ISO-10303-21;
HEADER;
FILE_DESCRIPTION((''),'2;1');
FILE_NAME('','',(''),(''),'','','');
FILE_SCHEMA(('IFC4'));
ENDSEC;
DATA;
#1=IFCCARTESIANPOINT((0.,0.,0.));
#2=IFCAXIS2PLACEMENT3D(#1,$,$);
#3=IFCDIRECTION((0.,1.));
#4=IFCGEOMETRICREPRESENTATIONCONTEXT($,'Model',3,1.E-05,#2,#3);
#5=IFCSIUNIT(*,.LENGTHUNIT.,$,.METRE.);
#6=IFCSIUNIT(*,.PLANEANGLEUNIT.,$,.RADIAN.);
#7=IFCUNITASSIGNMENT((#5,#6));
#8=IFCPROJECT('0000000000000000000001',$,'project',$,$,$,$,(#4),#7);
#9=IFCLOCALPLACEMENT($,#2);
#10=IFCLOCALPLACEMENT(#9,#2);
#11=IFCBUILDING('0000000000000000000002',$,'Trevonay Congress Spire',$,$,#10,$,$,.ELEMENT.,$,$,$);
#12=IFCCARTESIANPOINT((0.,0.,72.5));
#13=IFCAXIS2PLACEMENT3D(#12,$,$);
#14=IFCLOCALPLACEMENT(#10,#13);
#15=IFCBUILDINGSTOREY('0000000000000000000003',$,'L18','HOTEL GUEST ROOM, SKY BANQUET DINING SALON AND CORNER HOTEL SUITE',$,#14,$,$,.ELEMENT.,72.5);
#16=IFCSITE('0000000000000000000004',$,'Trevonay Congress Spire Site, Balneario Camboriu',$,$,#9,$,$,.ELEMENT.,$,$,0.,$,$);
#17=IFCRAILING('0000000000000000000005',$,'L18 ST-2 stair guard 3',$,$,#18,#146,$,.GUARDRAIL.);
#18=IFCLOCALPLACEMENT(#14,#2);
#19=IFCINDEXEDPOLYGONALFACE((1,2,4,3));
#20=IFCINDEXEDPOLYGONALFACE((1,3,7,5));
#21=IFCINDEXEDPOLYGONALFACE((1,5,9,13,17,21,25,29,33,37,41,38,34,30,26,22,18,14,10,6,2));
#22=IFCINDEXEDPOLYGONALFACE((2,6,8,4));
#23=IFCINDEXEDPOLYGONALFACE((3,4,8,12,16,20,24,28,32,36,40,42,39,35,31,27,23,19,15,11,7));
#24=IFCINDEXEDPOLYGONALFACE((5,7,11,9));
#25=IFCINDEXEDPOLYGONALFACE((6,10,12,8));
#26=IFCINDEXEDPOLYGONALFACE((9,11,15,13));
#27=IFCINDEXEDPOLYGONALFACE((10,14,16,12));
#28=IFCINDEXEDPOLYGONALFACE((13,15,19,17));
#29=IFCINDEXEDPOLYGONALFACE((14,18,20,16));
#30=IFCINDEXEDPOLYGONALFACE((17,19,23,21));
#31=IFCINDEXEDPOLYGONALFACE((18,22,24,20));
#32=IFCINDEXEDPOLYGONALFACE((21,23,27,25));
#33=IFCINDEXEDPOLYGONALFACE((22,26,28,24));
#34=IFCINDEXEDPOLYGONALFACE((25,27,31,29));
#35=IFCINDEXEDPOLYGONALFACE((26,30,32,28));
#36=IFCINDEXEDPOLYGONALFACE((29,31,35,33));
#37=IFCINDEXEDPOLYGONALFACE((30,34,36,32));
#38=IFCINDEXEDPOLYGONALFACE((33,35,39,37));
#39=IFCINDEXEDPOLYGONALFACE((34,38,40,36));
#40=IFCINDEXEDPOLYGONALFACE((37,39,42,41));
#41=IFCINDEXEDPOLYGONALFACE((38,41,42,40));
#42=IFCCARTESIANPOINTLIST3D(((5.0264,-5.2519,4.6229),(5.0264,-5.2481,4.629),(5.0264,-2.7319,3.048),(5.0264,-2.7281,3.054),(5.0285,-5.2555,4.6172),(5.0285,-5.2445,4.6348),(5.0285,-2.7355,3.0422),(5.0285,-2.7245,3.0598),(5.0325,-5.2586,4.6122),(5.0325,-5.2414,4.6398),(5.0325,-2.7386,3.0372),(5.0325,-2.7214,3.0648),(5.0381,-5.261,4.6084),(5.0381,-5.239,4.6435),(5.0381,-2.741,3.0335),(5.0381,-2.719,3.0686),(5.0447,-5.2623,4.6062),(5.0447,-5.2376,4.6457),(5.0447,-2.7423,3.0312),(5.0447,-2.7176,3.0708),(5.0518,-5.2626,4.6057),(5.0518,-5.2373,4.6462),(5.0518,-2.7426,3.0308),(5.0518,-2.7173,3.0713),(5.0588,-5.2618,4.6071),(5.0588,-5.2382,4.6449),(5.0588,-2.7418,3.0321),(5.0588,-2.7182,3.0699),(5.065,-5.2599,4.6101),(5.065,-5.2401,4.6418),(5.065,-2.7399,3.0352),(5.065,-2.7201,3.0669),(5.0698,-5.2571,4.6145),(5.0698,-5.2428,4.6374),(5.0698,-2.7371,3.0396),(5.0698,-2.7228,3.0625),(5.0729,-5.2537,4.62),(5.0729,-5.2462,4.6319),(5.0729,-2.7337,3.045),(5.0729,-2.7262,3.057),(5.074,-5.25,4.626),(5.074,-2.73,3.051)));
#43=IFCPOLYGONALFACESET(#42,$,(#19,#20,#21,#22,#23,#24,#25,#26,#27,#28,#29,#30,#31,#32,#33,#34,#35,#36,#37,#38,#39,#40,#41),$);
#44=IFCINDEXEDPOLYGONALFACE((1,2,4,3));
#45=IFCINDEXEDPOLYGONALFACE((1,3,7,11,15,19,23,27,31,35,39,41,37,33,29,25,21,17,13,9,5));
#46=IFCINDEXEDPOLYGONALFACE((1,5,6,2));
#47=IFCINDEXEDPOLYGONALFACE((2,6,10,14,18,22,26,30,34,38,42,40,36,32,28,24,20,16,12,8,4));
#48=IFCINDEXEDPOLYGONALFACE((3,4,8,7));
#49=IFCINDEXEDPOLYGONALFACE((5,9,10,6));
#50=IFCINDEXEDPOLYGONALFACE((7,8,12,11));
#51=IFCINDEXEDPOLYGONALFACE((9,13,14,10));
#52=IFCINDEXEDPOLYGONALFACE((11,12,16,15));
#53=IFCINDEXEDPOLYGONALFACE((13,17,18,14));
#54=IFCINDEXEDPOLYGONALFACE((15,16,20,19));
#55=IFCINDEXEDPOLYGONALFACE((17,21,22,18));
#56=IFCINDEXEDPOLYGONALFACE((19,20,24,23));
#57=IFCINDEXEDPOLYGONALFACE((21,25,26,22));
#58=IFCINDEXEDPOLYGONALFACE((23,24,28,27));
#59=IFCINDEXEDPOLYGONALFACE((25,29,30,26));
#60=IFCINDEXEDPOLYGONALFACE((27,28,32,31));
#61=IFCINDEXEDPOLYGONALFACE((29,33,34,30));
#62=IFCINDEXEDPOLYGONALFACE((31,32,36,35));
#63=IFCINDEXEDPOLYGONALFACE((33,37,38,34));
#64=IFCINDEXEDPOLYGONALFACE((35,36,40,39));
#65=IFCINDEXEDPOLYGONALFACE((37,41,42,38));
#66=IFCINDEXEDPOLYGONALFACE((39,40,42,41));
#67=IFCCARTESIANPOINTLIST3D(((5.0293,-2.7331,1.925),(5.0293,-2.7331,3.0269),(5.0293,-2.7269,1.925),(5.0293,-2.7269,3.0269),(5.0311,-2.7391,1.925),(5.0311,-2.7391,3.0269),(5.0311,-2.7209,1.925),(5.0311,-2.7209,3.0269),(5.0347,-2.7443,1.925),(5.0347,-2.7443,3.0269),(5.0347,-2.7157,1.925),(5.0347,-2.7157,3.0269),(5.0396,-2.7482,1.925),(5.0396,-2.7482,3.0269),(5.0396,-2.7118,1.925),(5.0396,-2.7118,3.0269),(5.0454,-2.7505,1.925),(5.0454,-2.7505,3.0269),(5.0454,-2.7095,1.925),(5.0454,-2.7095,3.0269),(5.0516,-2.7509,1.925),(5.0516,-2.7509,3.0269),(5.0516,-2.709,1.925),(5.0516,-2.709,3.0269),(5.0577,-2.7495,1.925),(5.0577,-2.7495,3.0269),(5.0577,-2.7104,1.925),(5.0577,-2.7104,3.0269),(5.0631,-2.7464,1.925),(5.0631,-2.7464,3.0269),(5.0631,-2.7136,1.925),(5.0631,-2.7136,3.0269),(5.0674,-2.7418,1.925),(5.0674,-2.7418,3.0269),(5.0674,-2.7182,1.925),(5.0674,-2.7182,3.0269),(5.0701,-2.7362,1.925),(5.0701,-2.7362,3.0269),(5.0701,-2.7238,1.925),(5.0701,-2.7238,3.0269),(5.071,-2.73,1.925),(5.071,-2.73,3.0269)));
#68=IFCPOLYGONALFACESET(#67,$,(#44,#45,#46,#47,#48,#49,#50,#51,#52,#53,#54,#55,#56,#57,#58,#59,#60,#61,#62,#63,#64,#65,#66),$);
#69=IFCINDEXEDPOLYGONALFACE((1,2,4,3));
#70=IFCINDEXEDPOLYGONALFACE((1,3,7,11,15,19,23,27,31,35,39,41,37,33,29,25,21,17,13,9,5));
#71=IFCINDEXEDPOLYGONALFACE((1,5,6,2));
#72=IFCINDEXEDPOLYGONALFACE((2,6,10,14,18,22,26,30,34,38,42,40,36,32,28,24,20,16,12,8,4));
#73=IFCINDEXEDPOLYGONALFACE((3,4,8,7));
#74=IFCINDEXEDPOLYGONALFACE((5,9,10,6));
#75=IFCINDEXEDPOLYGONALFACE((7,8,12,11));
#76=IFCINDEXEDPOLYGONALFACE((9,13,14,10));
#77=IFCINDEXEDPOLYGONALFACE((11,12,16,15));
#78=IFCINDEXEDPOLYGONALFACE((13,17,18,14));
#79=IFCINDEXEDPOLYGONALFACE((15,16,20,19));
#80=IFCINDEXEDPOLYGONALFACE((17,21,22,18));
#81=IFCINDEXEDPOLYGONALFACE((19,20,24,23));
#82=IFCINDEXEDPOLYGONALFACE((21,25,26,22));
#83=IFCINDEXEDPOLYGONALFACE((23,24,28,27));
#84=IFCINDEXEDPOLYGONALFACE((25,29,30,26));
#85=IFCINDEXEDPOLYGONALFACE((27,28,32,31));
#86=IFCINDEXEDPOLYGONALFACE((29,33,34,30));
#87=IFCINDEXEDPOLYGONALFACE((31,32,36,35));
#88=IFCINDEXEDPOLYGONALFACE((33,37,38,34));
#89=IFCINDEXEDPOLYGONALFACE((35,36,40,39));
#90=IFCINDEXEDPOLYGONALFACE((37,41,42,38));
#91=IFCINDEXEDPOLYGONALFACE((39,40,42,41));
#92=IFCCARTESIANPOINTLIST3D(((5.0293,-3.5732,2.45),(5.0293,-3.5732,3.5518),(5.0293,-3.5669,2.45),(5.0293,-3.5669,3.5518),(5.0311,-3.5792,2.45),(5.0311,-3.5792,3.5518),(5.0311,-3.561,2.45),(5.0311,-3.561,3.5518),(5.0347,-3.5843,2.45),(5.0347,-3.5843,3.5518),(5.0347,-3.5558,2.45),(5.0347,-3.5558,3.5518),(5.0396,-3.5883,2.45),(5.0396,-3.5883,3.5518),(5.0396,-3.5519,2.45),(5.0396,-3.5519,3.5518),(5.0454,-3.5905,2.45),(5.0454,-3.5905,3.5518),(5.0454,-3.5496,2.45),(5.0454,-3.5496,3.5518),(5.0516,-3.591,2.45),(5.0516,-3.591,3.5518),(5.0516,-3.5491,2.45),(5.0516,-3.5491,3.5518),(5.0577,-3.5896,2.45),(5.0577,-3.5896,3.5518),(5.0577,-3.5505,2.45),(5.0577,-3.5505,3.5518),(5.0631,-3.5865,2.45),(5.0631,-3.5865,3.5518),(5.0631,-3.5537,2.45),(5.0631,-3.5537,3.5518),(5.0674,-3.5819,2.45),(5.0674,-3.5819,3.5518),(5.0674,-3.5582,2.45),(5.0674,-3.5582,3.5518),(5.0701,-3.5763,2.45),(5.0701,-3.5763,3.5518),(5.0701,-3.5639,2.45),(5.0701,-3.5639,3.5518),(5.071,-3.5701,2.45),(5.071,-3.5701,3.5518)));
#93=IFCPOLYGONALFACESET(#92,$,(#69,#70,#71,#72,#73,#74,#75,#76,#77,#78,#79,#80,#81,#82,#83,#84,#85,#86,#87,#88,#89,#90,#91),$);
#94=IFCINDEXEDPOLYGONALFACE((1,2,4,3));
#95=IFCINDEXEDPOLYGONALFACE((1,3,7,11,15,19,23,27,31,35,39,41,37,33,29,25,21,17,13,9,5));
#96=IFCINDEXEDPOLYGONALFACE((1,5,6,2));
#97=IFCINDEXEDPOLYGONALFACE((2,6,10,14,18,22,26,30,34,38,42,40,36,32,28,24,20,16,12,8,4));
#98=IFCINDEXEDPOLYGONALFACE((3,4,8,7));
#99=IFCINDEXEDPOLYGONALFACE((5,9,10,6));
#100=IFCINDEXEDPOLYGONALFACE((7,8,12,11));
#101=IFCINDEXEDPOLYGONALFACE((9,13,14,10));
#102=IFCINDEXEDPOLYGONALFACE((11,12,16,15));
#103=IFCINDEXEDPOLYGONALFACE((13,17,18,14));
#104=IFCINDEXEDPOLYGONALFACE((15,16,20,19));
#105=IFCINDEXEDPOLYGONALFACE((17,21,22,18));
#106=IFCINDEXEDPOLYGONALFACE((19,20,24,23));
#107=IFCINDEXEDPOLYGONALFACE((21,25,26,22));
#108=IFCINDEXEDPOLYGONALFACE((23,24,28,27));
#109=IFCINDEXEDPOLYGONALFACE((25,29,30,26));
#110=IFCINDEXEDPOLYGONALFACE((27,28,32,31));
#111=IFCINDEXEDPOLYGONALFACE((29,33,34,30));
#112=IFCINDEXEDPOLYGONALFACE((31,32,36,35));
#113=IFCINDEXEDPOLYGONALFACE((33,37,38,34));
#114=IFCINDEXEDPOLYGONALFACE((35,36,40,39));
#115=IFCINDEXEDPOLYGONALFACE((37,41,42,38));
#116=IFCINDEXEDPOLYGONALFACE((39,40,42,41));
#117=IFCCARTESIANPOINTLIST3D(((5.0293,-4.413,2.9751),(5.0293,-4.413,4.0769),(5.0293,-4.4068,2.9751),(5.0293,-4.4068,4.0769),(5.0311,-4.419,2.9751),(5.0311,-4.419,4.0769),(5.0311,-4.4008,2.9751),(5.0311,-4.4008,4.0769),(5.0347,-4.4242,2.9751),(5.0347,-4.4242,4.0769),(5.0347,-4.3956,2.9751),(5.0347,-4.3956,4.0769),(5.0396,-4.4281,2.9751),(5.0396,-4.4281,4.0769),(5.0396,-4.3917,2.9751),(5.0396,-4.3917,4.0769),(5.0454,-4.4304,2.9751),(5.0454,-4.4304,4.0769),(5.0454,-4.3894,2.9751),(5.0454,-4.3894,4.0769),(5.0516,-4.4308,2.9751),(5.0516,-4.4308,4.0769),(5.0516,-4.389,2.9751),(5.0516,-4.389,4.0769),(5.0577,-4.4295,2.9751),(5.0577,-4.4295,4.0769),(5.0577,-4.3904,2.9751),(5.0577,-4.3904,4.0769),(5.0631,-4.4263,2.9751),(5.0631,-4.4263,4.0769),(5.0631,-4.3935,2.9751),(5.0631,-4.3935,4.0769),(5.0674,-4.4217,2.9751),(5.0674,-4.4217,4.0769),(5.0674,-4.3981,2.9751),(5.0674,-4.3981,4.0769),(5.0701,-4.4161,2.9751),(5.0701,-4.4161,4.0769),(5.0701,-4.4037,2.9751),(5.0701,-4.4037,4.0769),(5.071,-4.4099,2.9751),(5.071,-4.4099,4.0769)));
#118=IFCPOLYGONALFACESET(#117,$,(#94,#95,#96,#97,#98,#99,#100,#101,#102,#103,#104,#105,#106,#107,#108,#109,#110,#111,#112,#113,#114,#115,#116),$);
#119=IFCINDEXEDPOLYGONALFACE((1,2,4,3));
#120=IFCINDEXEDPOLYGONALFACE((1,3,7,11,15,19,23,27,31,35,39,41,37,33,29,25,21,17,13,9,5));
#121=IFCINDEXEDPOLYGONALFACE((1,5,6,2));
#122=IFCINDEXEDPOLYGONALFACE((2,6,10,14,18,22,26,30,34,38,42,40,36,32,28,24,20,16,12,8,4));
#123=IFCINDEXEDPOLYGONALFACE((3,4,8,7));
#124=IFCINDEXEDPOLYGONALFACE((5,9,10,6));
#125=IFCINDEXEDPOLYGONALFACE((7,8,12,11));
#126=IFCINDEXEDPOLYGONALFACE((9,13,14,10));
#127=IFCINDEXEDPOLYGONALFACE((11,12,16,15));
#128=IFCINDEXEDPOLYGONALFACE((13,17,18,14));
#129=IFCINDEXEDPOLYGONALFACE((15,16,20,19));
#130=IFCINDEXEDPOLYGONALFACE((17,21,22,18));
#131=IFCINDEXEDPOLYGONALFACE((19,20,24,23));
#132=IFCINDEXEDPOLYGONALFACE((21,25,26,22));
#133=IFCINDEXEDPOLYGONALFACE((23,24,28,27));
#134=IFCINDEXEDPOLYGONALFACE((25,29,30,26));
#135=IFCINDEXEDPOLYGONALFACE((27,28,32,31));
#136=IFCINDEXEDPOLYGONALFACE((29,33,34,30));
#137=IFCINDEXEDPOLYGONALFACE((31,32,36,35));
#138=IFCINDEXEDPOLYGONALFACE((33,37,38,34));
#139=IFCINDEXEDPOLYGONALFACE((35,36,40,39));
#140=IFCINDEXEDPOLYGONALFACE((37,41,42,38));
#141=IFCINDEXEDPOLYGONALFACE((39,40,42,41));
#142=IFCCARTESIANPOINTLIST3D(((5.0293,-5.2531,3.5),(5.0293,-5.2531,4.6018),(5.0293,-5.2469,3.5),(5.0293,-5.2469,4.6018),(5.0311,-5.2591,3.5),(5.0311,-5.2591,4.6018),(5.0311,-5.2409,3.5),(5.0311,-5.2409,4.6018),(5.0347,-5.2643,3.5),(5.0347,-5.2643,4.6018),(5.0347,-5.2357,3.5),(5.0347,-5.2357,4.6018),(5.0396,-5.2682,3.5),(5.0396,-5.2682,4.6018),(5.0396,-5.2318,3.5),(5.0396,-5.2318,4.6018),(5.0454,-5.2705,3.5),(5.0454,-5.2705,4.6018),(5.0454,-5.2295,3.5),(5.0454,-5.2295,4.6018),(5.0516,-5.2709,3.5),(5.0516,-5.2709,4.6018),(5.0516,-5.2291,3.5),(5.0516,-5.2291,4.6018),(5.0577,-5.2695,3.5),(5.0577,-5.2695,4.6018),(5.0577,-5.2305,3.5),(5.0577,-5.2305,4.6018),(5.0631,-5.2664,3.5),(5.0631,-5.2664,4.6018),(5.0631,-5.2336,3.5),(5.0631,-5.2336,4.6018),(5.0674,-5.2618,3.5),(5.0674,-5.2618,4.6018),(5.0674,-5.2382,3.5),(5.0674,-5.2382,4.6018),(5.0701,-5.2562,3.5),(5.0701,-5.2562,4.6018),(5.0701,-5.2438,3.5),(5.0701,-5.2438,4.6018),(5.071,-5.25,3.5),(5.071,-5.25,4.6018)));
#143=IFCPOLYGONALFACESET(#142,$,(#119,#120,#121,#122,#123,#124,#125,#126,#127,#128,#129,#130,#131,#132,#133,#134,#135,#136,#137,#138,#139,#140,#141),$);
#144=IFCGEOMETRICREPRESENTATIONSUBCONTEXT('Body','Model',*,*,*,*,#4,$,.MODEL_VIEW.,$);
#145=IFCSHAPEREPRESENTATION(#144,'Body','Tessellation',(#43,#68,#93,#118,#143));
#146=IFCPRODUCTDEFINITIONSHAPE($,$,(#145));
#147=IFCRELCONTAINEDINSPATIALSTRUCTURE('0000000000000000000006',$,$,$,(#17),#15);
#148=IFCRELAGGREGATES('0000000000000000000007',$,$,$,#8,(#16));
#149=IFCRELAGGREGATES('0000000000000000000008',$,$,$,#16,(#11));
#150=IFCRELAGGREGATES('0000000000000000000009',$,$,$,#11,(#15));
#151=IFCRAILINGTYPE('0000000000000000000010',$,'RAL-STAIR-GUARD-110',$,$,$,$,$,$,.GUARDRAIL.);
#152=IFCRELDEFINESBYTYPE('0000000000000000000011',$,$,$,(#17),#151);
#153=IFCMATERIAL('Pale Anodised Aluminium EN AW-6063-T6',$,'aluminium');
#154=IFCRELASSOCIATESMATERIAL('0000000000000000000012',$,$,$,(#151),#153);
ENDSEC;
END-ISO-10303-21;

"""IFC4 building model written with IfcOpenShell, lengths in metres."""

from ifc_helpers import new_model, si_unit, direction, frame, origin, origin_2d, place, context, subcontext, project, spatial, circle, extrude, material, type_object, element, save


model = new_model("IFC4")

# Units and contexts
model_context = context("Model", 3, precision=1e-05, world=origin(), true_north=direction((0.0, 1.0)))
body_context = subcontext(model_context, "Body", "Model", "MODEL_VIEW")
ifc_project = project(units=[si_unit("LENGTHUNIT", "METRE"), si_unit("PLANEANGLEUNIT", "RADIAN")], contexts=[model_context])

# Site, building, storey
site_placement = place(None, origin())
site = spatial("IfcSite", under=ifc_project, at=site_placement, Name="Trevonay Congress Spire Site, Balneario Camboriu", CompositionType="ELEMENT", RefElevation=0.0)
building_placement = place(site_placement, origin())
building = spatial("IfcBuilding", under=site, at=building_placement, Name="Trevonay Congress Spire", CompositionType="ELEMENT")
storey_placement = place(building_placement, frame((0.0, 0.0, 72.5)))
storey = spatial("IfcBuildingStorey", under=building, at=storey_placement, Name="L18", Description="HOTEL GUEST ROOM, SKY BANQUET DINING SALON AND CORNER HOTEL SUITE", CompositionType="ELEMENT", Elevation=72.5)

# Railing
ifc_material_1 = material(Name="Pale Anodised Aluminium EN AW-6063-T6", Category="aluminium")
railing_type_1 = type_object("IfcRailingType", Name="RAL-STAIR-GUARD-110", PredefinedType="GUARDRAIL", material=ifc_material_1)
railing_1_placement = place(storey_placement, frame((5.05, -2.73, 1.925)))
element("IfcRailing", 1, at=railing_1_placement, inside=storey, type_object=railing_type_1, Name="L18 ST-2 stair guard 3", PredefinedType="GUARDRAIL", context=body_context, shape_type="SweptSolid", body=[
    extrude(circle(Radius=0.0239, at=origin_2d()), frame((0.0, 0.0, 1.126), z_axis=(0.0, -0.848008, 0.529984), x_axis=(1.0, 0.0, 0.0)), (0.0, 0.0, 1.0), 2.9717),
    extrude(circle(Radius=0.021, at=origin_2d()), origin(), (0.0, 0.0, 1.0), 1.1018),
    extrude(circle(Radius=0.021, at=origin_2d()), frame((0.0, -0.8401, 0.5249)), (0.0, 0.0, 1.0), 1.1018),
    extrude(circle(Radius=0.021, at=origin_2d()), frame((0.0, -1.6799, 1.05)), (0.0, 0.0, 1.0), 1.1018),
    extrude(circle(Radius=0.021, at=origin_2d()), frame((0.0, -2.52, 1.575)), (0.0, 0.0, 1.0), 1.1018),
])

save(model, "model.ifc")
